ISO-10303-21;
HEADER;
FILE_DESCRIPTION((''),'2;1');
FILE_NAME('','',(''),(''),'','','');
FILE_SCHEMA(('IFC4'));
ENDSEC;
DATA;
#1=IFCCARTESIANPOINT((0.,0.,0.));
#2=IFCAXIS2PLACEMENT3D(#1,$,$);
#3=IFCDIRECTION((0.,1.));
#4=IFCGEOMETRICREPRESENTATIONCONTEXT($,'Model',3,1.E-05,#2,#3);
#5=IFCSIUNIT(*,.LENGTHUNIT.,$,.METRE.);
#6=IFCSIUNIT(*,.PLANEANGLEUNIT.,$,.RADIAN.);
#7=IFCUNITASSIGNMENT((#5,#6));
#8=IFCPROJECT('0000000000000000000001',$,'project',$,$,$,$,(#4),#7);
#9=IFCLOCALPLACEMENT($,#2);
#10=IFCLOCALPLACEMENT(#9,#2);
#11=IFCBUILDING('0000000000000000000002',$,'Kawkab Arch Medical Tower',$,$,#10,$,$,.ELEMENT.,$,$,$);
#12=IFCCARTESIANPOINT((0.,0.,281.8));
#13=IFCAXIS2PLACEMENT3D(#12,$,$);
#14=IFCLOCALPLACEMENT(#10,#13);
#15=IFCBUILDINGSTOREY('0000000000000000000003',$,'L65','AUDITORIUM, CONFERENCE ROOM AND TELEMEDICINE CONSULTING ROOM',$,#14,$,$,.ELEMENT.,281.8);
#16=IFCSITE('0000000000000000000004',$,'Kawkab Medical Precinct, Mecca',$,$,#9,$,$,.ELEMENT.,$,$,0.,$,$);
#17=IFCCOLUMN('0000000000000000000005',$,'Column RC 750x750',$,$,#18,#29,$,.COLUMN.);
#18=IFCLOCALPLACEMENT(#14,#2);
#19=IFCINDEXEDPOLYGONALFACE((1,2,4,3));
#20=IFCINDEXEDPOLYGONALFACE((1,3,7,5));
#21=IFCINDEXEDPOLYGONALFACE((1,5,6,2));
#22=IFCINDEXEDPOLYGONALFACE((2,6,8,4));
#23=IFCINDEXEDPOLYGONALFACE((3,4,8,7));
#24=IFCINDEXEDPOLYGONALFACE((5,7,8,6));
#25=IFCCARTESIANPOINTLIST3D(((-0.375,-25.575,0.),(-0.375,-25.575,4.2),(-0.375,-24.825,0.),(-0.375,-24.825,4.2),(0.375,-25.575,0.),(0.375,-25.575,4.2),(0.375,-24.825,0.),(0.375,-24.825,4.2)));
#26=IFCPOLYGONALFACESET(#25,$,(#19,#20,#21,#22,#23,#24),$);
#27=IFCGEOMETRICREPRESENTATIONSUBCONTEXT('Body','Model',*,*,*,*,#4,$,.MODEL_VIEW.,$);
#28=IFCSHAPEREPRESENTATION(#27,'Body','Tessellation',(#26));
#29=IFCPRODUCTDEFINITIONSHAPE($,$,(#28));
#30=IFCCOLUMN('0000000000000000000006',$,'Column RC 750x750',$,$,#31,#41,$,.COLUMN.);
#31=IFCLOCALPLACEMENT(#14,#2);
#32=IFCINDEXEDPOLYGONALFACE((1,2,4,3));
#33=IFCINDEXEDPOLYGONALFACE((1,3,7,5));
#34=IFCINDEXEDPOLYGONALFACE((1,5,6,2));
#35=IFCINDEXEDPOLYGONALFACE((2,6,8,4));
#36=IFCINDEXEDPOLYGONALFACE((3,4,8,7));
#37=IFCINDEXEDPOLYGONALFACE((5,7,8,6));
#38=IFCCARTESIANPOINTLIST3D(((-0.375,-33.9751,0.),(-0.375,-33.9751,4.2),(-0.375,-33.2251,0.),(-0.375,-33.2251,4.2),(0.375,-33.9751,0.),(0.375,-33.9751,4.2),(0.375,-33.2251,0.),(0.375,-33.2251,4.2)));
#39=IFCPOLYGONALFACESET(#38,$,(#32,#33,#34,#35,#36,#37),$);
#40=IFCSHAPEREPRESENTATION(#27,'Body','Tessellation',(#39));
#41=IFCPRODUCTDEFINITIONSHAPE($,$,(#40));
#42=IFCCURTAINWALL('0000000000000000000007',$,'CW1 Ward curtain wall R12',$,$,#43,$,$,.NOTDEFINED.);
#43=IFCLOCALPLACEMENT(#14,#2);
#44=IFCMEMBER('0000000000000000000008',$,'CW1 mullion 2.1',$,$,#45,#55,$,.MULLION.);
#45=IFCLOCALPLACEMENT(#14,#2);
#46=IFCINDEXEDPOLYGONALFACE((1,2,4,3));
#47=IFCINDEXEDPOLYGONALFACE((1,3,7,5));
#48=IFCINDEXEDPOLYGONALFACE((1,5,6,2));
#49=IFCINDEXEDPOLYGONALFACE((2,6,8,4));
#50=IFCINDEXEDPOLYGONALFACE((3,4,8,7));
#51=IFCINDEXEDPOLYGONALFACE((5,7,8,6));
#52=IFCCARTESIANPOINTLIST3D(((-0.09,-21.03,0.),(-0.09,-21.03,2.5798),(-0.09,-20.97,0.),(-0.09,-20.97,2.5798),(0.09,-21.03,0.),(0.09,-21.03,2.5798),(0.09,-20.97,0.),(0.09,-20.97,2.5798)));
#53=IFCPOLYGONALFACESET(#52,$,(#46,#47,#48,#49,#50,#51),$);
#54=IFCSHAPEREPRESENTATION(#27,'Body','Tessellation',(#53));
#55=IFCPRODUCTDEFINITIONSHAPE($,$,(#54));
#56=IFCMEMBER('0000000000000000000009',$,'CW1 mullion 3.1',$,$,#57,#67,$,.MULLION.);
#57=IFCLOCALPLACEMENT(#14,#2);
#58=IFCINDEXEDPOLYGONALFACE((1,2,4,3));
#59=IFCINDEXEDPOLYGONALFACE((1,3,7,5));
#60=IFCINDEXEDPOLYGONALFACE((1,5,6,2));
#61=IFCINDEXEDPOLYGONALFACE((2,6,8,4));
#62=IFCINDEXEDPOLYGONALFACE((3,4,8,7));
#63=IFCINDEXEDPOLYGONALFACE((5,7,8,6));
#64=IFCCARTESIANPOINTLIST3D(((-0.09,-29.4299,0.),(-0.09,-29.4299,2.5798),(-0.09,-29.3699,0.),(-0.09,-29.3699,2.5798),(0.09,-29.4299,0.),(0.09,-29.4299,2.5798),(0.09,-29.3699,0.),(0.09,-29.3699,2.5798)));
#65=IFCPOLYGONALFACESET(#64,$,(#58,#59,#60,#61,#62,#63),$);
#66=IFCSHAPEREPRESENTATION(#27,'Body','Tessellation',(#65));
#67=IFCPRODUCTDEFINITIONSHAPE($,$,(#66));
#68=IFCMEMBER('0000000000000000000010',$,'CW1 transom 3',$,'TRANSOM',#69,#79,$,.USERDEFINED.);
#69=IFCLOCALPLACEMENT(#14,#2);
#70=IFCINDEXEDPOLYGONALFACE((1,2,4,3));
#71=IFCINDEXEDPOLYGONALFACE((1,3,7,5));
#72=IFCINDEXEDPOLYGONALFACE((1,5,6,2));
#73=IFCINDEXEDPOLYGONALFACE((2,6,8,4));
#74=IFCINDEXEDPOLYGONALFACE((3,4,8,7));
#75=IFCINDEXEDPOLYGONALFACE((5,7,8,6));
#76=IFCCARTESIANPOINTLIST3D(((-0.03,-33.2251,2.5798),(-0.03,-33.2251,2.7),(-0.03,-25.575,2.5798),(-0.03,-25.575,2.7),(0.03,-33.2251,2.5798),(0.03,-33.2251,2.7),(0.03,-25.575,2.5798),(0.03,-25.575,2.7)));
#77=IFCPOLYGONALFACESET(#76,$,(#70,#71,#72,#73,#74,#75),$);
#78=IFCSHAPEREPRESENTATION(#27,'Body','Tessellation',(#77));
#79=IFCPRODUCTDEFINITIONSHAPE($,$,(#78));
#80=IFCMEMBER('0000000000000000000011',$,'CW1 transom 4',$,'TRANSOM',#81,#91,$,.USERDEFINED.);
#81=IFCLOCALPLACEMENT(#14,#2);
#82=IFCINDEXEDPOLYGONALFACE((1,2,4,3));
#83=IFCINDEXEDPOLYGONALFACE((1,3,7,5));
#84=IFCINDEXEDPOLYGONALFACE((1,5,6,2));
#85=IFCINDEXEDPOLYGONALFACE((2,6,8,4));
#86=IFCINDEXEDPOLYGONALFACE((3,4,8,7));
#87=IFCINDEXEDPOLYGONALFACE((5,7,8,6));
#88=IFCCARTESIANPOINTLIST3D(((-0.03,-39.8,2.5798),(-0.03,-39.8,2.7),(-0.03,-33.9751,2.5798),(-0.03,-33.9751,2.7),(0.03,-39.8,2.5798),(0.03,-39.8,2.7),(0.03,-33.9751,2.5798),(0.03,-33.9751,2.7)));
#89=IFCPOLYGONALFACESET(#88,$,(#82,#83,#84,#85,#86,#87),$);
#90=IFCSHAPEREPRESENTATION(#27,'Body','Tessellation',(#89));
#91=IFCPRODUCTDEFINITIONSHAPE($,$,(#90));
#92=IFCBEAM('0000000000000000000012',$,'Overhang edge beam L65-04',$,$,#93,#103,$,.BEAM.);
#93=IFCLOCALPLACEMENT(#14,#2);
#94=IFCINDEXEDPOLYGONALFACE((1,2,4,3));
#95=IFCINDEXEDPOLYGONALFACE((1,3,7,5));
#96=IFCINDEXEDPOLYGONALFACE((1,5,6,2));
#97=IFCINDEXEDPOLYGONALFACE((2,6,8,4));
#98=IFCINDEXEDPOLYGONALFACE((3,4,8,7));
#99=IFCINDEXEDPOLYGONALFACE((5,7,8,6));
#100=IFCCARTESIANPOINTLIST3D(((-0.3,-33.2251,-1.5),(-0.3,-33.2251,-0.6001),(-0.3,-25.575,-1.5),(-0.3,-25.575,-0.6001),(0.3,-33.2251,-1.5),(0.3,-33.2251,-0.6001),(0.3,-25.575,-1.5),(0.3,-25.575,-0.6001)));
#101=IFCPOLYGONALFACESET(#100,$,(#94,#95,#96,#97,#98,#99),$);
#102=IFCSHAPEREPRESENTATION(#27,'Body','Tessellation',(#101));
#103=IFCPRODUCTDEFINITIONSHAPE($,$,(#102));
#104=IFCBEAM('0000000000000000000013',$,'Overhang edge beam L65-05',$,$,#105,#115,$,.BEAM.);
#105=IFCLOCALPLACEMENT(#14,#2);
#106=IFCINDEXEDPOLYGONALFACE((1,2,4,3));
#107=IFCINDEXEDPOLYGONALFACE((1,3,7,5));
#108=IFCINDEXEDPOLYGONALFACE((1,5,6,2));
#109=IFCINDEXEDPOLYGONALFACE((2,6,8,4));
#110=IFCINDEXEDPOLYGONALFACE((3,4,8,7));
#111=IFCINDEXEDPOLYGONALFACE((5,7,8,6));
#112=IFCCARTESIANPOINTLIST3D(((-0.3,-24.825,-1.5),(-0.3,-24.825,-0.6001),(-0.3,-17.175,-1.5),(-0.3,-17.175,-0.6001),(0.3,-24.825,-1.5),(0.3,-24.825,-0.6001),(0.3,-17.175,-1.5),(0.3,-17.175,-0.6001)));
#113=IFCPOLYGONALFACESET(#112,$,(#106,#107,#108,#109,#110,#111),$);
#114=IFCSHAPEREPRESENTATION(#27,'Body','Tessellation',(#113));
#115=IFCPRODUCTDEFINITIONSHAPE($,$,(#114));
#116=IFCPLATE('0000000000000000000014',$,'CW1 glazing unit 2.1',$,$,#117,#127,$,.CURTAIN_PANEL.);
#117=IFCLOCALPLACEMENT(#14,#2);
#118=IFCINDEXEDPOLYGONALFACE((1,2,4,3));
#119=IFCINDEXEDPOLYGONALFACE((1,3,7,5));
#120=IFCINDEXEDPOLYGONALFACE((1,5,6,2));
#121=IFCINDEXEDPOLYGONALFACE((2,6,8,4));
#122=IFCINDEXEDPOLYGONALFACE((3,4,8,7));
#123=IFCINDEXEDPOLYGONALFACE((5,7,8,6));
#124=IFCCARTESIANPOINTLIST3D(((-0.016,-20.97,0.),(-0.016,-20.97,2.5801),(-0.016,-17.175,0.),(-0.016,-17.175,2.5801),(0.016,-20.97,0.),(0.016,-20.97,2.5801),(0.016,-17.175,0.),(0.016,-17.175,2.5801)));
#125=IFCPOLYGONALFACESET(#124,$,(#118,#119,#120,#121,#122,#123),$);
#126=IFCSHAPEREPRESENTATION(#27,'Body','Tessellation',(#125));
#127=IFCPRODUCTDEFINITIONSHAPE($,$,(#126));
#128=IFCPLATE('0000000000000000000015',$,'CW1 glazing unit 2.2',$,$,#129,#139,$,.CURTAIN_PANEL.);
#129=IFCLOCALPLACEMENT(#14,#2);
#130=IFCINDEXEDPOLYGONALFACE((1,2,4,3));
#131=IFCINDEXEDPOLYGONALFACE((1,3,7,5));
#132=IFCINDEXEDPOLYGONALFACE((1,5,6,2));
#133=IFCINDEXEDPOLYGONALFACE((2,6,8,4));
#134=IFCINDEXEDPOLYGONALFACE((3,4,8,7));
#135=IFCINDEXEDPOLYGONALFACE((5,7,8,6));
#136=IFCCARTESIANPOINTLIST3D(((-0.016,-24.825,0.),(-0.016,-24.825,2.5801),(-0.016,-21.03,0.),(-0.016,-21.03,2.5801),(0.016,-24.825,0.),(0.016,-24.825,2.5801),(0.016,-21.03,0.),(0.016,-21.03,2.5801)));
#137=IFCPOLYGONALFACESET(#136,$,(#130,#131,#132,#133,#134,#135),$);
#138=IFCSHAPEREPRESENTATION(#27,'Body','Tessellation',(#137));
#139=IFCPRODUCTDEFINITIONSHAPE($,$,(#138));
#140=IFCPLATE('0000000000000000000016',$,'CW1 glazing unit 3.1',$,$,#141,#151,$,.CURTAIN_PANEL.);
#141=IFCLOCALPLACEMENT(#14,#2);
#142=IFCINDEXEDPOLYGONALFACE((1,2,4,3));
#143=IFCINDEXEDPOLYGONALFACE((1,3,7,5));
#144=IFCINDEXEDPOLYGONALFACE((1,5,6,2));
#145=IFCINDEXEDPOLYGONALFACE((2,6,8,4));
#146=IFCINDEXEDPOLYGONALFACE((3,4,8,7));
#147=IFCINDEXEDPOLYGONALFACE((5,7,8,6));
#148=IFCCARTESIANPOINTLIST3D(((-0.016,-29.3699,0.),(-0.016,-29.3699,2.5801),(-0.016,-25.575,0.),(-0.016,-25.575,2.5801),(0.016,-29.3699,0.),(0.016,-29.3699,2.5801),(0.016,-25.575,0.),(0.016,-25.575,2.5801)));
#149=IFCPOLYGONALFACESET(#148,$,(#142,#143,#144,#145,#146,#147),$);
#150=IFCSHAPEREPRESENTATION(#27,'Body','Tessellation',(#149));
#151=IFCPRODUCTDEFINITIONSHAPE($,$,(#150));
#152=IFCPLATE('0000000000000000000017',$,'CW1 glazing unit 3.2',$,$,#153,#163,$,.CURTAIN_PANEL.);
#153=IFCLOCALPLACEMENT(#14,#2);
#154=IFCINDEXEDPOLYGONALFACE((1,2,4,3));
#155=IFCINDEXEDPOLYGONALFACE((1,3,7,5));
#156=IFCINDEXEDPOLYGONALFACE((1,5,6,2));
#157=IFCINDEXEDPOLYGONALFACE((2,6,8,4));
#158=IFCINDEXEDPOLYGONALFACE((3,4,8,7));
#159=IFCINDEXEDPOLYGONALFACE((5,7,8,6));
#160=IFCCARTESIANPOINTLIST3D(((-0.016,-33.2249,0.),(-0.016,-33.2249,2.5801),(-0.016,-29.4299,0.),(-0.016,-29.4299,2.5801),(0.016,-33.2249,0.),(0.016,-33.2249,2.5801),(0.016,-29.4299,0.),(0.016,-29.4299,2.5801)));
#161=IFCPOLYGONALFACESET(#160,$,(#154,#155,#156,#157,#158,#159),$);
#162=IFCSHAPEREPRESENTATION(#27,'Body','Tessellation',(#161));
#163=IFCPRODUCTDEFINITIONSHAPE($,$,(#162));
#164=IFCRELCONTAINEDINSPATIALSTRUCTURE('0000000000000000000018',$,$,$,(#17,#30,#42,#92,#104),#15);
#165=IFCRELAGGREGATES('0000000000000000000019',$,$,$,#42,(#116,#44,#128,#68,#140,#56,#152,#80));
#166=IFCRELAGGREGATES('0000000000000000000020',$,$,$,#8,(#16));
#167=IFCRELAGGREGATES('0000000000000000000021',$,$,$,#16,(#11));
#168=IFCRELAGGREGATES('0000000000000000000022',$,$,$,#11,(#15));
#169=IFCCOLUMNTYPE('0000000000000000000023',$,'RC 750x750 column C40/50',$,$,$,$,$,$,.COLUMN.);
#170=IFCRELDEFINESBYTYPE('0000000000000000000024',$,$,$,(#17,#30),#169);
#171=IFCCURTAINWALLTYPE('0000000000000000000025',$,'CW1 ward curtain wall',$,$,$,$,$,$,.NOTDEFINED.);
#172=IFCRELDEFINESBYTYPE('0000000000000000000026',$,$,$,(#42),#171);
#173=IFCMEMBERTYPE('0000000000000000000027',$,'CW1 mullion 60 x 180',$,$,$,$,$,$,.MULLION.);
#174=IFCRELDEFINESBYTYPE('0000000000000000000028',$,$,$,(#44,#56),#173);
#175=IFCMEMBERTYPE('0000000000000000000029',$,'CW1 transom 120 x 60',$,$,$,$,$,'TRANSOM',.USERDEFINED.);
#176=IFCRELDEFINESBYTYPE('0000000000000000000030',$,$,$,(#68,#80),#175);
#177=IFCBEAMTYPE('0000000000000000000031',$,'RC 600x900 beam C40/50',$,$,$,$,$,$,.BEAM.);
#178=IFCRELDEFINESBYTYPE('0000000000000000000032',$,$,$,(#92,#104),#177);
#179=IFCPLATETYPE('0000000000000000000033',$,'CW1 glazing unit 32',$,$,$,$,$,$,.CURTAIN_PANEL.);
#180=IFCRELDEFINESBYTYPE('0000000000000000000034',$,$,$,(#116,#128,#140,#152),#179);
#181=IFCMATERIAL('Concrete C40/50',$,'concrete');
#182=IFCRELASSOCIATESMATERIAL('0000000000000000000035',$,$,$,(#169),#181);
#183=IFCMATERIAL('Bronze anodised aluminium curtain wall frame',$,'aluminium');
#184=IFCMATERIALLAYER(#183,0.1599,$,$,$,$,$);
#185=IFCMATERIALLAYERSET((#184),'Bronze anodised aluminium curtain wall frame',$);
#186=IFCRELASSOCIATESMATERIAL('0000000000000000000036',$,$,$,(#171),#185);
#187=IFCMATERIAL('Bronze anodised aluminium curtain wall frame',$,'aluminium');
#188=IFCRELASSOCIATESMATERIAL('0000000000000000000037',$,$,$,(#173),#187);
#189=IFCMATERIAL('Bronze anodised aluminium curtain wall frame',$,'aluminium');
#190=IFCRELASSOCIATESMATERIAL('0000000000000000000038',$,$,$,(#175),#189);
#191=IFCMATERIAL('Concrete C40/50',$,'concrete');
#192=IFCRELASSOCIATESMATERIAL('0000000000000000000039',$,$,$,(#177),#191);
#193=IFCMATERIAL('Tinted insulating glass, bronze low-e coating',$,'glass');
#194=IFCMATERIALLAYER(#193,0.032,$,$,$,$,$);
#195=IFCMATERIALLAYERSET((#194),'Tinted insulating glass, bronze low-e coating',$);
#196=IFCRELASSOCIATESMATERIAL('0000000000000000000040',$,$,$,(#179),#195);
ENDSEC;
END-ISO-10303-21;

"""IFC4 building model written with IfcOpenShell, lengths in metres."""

from ifc_helpers import new_model, si_unit, direction, frame, origin, origin_2d, place, context, subcontext, project, spatial, rectangle, extrude, material, layer, layer_set, material_profile, profile_set, type_object, element, aggregate, save


model = new_model("IFC4")

# Units and contexts
model_context = context("Model", 3, precision=1e-05, world=origin(), true_north=direction((0.0, 1.0)))
body_context = subcontext(model_context, "Body", "Model", "MODEL_VIEW")
ifc_project = project(units=[si_unit("LENGTHUNIT", "METRE"), si_unit("PLANEANGLEUNIT", "RADIAN")], contexts=[model_context])

# Site, building, storey
site_placement = place(None, origin())
site = spatial("IfcSite", under=ifc_project, at=site_placement, Name="Kawkab Medical Precinct, Mecca", CompositionType="ELEMENT", RefElevation=0.0)
building_placement = place(site_placement, origin())
building = spatial("IfcBuilding", under=site, at=building_placement, Name="Kawkab Arch Medical Tower", CompositionType="ELEMENT")
storey_placement = place(building_placement, frame((0.0, 0.0, 281.8)))
storey = spatial("IfcBuildingStorey", under=building, at=storey_placement, Name="L65", Description="AUDITORIUM, CONFERENCE ROOM AND TELEMEDICINE CONSULTING ROOM", CompositionType="ELEMENT", Elevation=281.8)

# Columns
ifc_material_1 = material(Name="Concrete C40/50", Category="concrete")
ifc_material_profile_1 = material_profile(ifc_material_1, rectangle(XDim=0.75, YDim=0.75, at=origin_2d()), Name="RC 750x750")
ifc_profile_set_1 = profile_set([ifc_material_profile_1], Name="Concrete C40/50")
column_type = type_object("IfcColumnType", Name="RC 750x750 column C40/50", PredefinedType="COLUMN", material=ifc_profile_set_1)
for number, where, z_axis, x_axis, name in (
    (1, (0.0, -25.2, 0.0), (0.0, 0.0, 1.0), (1.0, 0.0, 0.0), "Column RC 750x750"),
    (2, (0.0, -33.6001, 0.0), (0.0, 0.0, 1.0), (1.0, 0.0, 0.0), "Column RC 750x750"),
):
    element("IfcColumn", number, at=place(storey_placement, frame(where, z_axis=z_axis, x_axis=x_axis)), inside=storey, type_object=column_type, Name=name, PredefinedType="COLUMN", context=body_context, shape_type="SweptSolid", body=[
        extrude(rectangle(XDim=0.75, YDim=0.75, at=origin_2d()), origin(), (0.0, 0.0, 1.0), 4.2),
    ])

# Curtain wall, members
ifc_material_2 = material(Name="Bronze anodised aluminium curtain wall frame", Category="aluminium")
ifc_layer_1 = layer(ifc_material_2, 0.1599)
ifc_layer_set_1 = layer_set([ifc_layer_1], Name="Bronze anodised aluminium curtain wall frame")
curtain_wall_type = type_object("IfcCurtainWallType", Name="CW1 ward curtain wall", PredefinedType="NOTDEFINED", material=ifc_layer_set_1)
curtain_wall_placement = place(storey_placement, origin())
curtain_wall = element("IfcCurtainWall", 3, at=curtain_wall_placement, inside=storey, type_object=curtain_wall_type, Name="CW1 Ward curtain wall R12", PredefinedType="NOTDEFINED")
ifc_material_3 = material(Name="Bronze anodised aluminium curtain wall frame", Category="aluminium")
ifc_material_profile_2 = material_profile(ifc_material_3, rectangle(XDim=0.1799, YDim=0.0601, at=origin_2d()), Name="AL 60x180")
ifc_profile_set_2 = profile_set([ifc_material_profile_2], Name="Bronze anodised aluminium curtain wall frame")
member_type_1 = type_object("IfcMemberType", Name="CW1 mullion 60 x 180", PredefinedType="MULLION", material=ifc_profile_set_2)
member_1_placement = place(storey_placement, frame((0.0, -21.0, 0.0), z_axis=(0.0, 0.0, 1.0), x_axis=(1.0, 0.0, 0.0)))
member_1 = element("IfcMember", 4, at=member_1_placement, type_object=member_type_1, Name="CW1 mullion 2.1", PredefinedType="MULLION", context=body_context, shape_type="SweptSolid", body=[
    extrude(rectangle(XDim=0.1799, YDim=0.0601, at=origin_2d()), origin(), (0.0, 0.0, 1.0), 2.5798),
])
member_2_placement = place(storey_placement, frame((0.0, -29.3999, 0.0), z_axis=(0.0, 0.0, 1.0), x_axis=(1.0, 0.0, 0.0)))
member_2 = element("IfcMember", 5, at=member_2_placement, type_object=member_type_1, Name="CW1 mullion 3.1", PredefinedType="MULLION", context=body_context, shape_type="SweptSolid", body=[
    extrude(rectangle(XDim=0.1799, YDim=0.0601, at=origin_2d()), origin(), (0.0, 0.0, 1.0), 2.5798),
])
ifc_material_4 = material(Name="Bronze anodised aluminium curtain wall frame", Category="aluminium")
ifc_material_profile_3 = material_profile(ifc_material_4, rectangle(XDim=0.0601, YDim=0.1201, at=origin_2d()), Name="AL 60x120")
ifc_profile_set_3 = profile_set([ifc_material_profile_3], Name="Bronze anodised aluminium curtain wall frame")
member_type_2 = type_object("IfcMemberType", Name="CW1 transom 120 x 60", ElementType="TRANSOM", PredefinedType="USERDEFINED", material=ifc_profile_set_3)
member_3_placement = place(storey_placement, frame((0.0, -25.575, 2.6399), z_axis=(0.0, -1.0, 0.0), x_axis=(1.0, 0.0, 0.0)))
member_3 = element("IfcMember", 6, at=member_3_placement, type_object=member_type_2, Name="CW1 transom 3", ObjectType="TRANSOM", PredefinedType="USERDEFINED", context=body_context, shape_type="SweptSolid", body=[
    extrude(rectangle(XDim=0.0601, YDim=0.1201, at=origin_2d()), origin(), (0.0, 0.0, 1.0), 7.6501),
])
member_4_placement = place(storey_placement, frame((0.0, -33.9751, 2.6399), z_axis=(0.0, -1.0, 0.0), x_axis=(1.0, 0.0, 0.0)))
member_4 = element("IfcMember", 7, at=member_4_placement, type_object=member_type_2, Name="CW1 transom 4", ObjectType="TRANSOM", PredefinedType="USERDEFINED", context=body_context, shape_type="SweptSolid", body=[
    extrude(rectangle(XDim=0.0601, YDim=0.1201, at=origin_2d()), origin(), (0.0, 0.0, 1.0), 5.825),
])

# Beams
ifc_material_5 = material(Name="Concrete C40/50", Category="concrete")
ifc_material_profile_4 = material_profile(ifc_material_5, rectangle(XDim=0.6001, YDim=0.8999, at=origin_2d()), Name="RC 600x900")
ifc_profile_set_4 = profile_set([ifc_material_profile_4], Name="Concrete C40/50")
beam_type = type_object("IfcBeamType", Name="RC 600x900 beam C40/50", PredefinedType="BEAM", material=ifc_profile_set_4)
beam_1_placement = place(storey_placement, frame((0.0, -33.2251, -1.05), z_axis=(0.0, 1.0, 0.0), x_axis=(-1.0, 0.0, 0.0)))
element("IfcBeam", 8, at=beam_1_placement, inside=storey, type_object=beam_type, Name="Overhang edge beam L65-04", PredefinedType="BEAM", context=body_context, shape_type="SweptSolid", body=[
    extrude(rectangle(XDim=0.6001, YDim=0.8999, at=origin_2d()), origin(), (0.0, 0.0, 1.0), 7.6501),
])
beam_2_placement = place(storey_placement, frame((0.0, -24.825, -1.05), z_axis=(0.0, 1.0, 0.0), x_axis=(-1.0, 0.0, 0.0)))
element("IfcBeam", 9, at=beam_2_placement, inside=storey, type_object=beam_type, Name="Overhang edge beam L65-05", PredefinedType="BEAM", context=body_context, shape_type="SweptSolid", body=[
    extrude(rectangle(XDim=0.6001, YDim=0.8999, at=origin_2d()), origin(), (0.0, 0.0, 1.0), 7.6499),
])

# Plates
ifc_material_6 = material(Name="Tinted insulating glass, bronze low-e coating", Category="glass")
ifc_layer_2 = layer(ifc_material_6, 0.032)
ifc_layer_set_2 = layer_set([ifc_layer_2], Name="Tinted insulating glass, bronze low-e coating")
plate_type = type_object("IfcPlateType", Name="CW1 glazing unit 32", PredefinedType="CURTAIN_PANEL", material=ifc_layer_set_2)
plate_1_placement = place(storey_placement, frame((0.0, -19.0725, 0.0), z_axis=(0.0, 0.0, 1.0), x_axis=(0.0, -1.0, 0.0)))
plate_1 = element("IfcPlate", 10, at=plate_1_placement, type_object=plate_type, Name="CW1 glazing unit 2.1", PredefinedType="CURTAIN_PANEL", context=body_context, shape_type="SweptSolid", body=[
    extrude(rectangle(XDim=3.7949, YDim=0.032, at=origin_2d()), origin(), (0.0, 0.0, 1.0), 2.5801),
])
plate_2_placement = place(storey_placement, frame((0.0, -22.9275, 0.0), z_axis=(0.0, 0.0, 1.0), x_axis=(0.0, -1.0, 0.0)))
plate_2 = element("IfcPlate", 11, at=plate_2_placement, type_object=plate_type, Name="CW1 glazing unit 2.2", PredefinedType="CURTAIN_PANEL", context=body_context, shape_type="SweptSolid", body=[
    extrude(rectangle(XDim=3.7949, YDim=0.032, at=origin_2d()), origin(), (0.0, 0.0, 1.0), 2.5801),
])
plate_3_placement = place(storey_placement, frame((0.0, -27.4724, 0.0), z_axis=(0.0, 0.0, 1.0), x_axis=(0.0, -1.0, 0.0)))
plate_3 = element("IfcPlate", 12, at=plate_3_placement, type_object=plate_type, Name="CW1 glazing unit 3.1", PredefinedType="CURTAIN_PANEL", context=body_context, shape_type="SweptSolid", body=[
    extrude(rectangle(XDim=3.7949, YDim=0.032, at=origin_2d()), origin(), (0.0, 0.0, 1.0), 2.5801),
])
plate_4_placement = place(storey_placement, frame((0.0, -31.3274, 0.0), z_axis=(0.0, 0.0, 1.0), x_axis=(0.0, -1.0, 0.0)))
plate_4 = element("IfcPlate", 13, at=plate_4_placement, type_object=plate_type, Name="CW1 glazing unit 3.2", PredefinedType="CURTAIN_PANEL", context=body_context, shape_type="SweptSolid", body=[
    extrude(rectangle(XDim=3.7949, YDim=0.032, at=origin_2d()), origin(), (0.0, 0.0, 1.0), 2.5801),
])
aggregate(curtain_wall, [plate_1, member_1, plate_2, member_3, plate_3, member_2, plate_4, member_4])

save(model, "model.ifc")
